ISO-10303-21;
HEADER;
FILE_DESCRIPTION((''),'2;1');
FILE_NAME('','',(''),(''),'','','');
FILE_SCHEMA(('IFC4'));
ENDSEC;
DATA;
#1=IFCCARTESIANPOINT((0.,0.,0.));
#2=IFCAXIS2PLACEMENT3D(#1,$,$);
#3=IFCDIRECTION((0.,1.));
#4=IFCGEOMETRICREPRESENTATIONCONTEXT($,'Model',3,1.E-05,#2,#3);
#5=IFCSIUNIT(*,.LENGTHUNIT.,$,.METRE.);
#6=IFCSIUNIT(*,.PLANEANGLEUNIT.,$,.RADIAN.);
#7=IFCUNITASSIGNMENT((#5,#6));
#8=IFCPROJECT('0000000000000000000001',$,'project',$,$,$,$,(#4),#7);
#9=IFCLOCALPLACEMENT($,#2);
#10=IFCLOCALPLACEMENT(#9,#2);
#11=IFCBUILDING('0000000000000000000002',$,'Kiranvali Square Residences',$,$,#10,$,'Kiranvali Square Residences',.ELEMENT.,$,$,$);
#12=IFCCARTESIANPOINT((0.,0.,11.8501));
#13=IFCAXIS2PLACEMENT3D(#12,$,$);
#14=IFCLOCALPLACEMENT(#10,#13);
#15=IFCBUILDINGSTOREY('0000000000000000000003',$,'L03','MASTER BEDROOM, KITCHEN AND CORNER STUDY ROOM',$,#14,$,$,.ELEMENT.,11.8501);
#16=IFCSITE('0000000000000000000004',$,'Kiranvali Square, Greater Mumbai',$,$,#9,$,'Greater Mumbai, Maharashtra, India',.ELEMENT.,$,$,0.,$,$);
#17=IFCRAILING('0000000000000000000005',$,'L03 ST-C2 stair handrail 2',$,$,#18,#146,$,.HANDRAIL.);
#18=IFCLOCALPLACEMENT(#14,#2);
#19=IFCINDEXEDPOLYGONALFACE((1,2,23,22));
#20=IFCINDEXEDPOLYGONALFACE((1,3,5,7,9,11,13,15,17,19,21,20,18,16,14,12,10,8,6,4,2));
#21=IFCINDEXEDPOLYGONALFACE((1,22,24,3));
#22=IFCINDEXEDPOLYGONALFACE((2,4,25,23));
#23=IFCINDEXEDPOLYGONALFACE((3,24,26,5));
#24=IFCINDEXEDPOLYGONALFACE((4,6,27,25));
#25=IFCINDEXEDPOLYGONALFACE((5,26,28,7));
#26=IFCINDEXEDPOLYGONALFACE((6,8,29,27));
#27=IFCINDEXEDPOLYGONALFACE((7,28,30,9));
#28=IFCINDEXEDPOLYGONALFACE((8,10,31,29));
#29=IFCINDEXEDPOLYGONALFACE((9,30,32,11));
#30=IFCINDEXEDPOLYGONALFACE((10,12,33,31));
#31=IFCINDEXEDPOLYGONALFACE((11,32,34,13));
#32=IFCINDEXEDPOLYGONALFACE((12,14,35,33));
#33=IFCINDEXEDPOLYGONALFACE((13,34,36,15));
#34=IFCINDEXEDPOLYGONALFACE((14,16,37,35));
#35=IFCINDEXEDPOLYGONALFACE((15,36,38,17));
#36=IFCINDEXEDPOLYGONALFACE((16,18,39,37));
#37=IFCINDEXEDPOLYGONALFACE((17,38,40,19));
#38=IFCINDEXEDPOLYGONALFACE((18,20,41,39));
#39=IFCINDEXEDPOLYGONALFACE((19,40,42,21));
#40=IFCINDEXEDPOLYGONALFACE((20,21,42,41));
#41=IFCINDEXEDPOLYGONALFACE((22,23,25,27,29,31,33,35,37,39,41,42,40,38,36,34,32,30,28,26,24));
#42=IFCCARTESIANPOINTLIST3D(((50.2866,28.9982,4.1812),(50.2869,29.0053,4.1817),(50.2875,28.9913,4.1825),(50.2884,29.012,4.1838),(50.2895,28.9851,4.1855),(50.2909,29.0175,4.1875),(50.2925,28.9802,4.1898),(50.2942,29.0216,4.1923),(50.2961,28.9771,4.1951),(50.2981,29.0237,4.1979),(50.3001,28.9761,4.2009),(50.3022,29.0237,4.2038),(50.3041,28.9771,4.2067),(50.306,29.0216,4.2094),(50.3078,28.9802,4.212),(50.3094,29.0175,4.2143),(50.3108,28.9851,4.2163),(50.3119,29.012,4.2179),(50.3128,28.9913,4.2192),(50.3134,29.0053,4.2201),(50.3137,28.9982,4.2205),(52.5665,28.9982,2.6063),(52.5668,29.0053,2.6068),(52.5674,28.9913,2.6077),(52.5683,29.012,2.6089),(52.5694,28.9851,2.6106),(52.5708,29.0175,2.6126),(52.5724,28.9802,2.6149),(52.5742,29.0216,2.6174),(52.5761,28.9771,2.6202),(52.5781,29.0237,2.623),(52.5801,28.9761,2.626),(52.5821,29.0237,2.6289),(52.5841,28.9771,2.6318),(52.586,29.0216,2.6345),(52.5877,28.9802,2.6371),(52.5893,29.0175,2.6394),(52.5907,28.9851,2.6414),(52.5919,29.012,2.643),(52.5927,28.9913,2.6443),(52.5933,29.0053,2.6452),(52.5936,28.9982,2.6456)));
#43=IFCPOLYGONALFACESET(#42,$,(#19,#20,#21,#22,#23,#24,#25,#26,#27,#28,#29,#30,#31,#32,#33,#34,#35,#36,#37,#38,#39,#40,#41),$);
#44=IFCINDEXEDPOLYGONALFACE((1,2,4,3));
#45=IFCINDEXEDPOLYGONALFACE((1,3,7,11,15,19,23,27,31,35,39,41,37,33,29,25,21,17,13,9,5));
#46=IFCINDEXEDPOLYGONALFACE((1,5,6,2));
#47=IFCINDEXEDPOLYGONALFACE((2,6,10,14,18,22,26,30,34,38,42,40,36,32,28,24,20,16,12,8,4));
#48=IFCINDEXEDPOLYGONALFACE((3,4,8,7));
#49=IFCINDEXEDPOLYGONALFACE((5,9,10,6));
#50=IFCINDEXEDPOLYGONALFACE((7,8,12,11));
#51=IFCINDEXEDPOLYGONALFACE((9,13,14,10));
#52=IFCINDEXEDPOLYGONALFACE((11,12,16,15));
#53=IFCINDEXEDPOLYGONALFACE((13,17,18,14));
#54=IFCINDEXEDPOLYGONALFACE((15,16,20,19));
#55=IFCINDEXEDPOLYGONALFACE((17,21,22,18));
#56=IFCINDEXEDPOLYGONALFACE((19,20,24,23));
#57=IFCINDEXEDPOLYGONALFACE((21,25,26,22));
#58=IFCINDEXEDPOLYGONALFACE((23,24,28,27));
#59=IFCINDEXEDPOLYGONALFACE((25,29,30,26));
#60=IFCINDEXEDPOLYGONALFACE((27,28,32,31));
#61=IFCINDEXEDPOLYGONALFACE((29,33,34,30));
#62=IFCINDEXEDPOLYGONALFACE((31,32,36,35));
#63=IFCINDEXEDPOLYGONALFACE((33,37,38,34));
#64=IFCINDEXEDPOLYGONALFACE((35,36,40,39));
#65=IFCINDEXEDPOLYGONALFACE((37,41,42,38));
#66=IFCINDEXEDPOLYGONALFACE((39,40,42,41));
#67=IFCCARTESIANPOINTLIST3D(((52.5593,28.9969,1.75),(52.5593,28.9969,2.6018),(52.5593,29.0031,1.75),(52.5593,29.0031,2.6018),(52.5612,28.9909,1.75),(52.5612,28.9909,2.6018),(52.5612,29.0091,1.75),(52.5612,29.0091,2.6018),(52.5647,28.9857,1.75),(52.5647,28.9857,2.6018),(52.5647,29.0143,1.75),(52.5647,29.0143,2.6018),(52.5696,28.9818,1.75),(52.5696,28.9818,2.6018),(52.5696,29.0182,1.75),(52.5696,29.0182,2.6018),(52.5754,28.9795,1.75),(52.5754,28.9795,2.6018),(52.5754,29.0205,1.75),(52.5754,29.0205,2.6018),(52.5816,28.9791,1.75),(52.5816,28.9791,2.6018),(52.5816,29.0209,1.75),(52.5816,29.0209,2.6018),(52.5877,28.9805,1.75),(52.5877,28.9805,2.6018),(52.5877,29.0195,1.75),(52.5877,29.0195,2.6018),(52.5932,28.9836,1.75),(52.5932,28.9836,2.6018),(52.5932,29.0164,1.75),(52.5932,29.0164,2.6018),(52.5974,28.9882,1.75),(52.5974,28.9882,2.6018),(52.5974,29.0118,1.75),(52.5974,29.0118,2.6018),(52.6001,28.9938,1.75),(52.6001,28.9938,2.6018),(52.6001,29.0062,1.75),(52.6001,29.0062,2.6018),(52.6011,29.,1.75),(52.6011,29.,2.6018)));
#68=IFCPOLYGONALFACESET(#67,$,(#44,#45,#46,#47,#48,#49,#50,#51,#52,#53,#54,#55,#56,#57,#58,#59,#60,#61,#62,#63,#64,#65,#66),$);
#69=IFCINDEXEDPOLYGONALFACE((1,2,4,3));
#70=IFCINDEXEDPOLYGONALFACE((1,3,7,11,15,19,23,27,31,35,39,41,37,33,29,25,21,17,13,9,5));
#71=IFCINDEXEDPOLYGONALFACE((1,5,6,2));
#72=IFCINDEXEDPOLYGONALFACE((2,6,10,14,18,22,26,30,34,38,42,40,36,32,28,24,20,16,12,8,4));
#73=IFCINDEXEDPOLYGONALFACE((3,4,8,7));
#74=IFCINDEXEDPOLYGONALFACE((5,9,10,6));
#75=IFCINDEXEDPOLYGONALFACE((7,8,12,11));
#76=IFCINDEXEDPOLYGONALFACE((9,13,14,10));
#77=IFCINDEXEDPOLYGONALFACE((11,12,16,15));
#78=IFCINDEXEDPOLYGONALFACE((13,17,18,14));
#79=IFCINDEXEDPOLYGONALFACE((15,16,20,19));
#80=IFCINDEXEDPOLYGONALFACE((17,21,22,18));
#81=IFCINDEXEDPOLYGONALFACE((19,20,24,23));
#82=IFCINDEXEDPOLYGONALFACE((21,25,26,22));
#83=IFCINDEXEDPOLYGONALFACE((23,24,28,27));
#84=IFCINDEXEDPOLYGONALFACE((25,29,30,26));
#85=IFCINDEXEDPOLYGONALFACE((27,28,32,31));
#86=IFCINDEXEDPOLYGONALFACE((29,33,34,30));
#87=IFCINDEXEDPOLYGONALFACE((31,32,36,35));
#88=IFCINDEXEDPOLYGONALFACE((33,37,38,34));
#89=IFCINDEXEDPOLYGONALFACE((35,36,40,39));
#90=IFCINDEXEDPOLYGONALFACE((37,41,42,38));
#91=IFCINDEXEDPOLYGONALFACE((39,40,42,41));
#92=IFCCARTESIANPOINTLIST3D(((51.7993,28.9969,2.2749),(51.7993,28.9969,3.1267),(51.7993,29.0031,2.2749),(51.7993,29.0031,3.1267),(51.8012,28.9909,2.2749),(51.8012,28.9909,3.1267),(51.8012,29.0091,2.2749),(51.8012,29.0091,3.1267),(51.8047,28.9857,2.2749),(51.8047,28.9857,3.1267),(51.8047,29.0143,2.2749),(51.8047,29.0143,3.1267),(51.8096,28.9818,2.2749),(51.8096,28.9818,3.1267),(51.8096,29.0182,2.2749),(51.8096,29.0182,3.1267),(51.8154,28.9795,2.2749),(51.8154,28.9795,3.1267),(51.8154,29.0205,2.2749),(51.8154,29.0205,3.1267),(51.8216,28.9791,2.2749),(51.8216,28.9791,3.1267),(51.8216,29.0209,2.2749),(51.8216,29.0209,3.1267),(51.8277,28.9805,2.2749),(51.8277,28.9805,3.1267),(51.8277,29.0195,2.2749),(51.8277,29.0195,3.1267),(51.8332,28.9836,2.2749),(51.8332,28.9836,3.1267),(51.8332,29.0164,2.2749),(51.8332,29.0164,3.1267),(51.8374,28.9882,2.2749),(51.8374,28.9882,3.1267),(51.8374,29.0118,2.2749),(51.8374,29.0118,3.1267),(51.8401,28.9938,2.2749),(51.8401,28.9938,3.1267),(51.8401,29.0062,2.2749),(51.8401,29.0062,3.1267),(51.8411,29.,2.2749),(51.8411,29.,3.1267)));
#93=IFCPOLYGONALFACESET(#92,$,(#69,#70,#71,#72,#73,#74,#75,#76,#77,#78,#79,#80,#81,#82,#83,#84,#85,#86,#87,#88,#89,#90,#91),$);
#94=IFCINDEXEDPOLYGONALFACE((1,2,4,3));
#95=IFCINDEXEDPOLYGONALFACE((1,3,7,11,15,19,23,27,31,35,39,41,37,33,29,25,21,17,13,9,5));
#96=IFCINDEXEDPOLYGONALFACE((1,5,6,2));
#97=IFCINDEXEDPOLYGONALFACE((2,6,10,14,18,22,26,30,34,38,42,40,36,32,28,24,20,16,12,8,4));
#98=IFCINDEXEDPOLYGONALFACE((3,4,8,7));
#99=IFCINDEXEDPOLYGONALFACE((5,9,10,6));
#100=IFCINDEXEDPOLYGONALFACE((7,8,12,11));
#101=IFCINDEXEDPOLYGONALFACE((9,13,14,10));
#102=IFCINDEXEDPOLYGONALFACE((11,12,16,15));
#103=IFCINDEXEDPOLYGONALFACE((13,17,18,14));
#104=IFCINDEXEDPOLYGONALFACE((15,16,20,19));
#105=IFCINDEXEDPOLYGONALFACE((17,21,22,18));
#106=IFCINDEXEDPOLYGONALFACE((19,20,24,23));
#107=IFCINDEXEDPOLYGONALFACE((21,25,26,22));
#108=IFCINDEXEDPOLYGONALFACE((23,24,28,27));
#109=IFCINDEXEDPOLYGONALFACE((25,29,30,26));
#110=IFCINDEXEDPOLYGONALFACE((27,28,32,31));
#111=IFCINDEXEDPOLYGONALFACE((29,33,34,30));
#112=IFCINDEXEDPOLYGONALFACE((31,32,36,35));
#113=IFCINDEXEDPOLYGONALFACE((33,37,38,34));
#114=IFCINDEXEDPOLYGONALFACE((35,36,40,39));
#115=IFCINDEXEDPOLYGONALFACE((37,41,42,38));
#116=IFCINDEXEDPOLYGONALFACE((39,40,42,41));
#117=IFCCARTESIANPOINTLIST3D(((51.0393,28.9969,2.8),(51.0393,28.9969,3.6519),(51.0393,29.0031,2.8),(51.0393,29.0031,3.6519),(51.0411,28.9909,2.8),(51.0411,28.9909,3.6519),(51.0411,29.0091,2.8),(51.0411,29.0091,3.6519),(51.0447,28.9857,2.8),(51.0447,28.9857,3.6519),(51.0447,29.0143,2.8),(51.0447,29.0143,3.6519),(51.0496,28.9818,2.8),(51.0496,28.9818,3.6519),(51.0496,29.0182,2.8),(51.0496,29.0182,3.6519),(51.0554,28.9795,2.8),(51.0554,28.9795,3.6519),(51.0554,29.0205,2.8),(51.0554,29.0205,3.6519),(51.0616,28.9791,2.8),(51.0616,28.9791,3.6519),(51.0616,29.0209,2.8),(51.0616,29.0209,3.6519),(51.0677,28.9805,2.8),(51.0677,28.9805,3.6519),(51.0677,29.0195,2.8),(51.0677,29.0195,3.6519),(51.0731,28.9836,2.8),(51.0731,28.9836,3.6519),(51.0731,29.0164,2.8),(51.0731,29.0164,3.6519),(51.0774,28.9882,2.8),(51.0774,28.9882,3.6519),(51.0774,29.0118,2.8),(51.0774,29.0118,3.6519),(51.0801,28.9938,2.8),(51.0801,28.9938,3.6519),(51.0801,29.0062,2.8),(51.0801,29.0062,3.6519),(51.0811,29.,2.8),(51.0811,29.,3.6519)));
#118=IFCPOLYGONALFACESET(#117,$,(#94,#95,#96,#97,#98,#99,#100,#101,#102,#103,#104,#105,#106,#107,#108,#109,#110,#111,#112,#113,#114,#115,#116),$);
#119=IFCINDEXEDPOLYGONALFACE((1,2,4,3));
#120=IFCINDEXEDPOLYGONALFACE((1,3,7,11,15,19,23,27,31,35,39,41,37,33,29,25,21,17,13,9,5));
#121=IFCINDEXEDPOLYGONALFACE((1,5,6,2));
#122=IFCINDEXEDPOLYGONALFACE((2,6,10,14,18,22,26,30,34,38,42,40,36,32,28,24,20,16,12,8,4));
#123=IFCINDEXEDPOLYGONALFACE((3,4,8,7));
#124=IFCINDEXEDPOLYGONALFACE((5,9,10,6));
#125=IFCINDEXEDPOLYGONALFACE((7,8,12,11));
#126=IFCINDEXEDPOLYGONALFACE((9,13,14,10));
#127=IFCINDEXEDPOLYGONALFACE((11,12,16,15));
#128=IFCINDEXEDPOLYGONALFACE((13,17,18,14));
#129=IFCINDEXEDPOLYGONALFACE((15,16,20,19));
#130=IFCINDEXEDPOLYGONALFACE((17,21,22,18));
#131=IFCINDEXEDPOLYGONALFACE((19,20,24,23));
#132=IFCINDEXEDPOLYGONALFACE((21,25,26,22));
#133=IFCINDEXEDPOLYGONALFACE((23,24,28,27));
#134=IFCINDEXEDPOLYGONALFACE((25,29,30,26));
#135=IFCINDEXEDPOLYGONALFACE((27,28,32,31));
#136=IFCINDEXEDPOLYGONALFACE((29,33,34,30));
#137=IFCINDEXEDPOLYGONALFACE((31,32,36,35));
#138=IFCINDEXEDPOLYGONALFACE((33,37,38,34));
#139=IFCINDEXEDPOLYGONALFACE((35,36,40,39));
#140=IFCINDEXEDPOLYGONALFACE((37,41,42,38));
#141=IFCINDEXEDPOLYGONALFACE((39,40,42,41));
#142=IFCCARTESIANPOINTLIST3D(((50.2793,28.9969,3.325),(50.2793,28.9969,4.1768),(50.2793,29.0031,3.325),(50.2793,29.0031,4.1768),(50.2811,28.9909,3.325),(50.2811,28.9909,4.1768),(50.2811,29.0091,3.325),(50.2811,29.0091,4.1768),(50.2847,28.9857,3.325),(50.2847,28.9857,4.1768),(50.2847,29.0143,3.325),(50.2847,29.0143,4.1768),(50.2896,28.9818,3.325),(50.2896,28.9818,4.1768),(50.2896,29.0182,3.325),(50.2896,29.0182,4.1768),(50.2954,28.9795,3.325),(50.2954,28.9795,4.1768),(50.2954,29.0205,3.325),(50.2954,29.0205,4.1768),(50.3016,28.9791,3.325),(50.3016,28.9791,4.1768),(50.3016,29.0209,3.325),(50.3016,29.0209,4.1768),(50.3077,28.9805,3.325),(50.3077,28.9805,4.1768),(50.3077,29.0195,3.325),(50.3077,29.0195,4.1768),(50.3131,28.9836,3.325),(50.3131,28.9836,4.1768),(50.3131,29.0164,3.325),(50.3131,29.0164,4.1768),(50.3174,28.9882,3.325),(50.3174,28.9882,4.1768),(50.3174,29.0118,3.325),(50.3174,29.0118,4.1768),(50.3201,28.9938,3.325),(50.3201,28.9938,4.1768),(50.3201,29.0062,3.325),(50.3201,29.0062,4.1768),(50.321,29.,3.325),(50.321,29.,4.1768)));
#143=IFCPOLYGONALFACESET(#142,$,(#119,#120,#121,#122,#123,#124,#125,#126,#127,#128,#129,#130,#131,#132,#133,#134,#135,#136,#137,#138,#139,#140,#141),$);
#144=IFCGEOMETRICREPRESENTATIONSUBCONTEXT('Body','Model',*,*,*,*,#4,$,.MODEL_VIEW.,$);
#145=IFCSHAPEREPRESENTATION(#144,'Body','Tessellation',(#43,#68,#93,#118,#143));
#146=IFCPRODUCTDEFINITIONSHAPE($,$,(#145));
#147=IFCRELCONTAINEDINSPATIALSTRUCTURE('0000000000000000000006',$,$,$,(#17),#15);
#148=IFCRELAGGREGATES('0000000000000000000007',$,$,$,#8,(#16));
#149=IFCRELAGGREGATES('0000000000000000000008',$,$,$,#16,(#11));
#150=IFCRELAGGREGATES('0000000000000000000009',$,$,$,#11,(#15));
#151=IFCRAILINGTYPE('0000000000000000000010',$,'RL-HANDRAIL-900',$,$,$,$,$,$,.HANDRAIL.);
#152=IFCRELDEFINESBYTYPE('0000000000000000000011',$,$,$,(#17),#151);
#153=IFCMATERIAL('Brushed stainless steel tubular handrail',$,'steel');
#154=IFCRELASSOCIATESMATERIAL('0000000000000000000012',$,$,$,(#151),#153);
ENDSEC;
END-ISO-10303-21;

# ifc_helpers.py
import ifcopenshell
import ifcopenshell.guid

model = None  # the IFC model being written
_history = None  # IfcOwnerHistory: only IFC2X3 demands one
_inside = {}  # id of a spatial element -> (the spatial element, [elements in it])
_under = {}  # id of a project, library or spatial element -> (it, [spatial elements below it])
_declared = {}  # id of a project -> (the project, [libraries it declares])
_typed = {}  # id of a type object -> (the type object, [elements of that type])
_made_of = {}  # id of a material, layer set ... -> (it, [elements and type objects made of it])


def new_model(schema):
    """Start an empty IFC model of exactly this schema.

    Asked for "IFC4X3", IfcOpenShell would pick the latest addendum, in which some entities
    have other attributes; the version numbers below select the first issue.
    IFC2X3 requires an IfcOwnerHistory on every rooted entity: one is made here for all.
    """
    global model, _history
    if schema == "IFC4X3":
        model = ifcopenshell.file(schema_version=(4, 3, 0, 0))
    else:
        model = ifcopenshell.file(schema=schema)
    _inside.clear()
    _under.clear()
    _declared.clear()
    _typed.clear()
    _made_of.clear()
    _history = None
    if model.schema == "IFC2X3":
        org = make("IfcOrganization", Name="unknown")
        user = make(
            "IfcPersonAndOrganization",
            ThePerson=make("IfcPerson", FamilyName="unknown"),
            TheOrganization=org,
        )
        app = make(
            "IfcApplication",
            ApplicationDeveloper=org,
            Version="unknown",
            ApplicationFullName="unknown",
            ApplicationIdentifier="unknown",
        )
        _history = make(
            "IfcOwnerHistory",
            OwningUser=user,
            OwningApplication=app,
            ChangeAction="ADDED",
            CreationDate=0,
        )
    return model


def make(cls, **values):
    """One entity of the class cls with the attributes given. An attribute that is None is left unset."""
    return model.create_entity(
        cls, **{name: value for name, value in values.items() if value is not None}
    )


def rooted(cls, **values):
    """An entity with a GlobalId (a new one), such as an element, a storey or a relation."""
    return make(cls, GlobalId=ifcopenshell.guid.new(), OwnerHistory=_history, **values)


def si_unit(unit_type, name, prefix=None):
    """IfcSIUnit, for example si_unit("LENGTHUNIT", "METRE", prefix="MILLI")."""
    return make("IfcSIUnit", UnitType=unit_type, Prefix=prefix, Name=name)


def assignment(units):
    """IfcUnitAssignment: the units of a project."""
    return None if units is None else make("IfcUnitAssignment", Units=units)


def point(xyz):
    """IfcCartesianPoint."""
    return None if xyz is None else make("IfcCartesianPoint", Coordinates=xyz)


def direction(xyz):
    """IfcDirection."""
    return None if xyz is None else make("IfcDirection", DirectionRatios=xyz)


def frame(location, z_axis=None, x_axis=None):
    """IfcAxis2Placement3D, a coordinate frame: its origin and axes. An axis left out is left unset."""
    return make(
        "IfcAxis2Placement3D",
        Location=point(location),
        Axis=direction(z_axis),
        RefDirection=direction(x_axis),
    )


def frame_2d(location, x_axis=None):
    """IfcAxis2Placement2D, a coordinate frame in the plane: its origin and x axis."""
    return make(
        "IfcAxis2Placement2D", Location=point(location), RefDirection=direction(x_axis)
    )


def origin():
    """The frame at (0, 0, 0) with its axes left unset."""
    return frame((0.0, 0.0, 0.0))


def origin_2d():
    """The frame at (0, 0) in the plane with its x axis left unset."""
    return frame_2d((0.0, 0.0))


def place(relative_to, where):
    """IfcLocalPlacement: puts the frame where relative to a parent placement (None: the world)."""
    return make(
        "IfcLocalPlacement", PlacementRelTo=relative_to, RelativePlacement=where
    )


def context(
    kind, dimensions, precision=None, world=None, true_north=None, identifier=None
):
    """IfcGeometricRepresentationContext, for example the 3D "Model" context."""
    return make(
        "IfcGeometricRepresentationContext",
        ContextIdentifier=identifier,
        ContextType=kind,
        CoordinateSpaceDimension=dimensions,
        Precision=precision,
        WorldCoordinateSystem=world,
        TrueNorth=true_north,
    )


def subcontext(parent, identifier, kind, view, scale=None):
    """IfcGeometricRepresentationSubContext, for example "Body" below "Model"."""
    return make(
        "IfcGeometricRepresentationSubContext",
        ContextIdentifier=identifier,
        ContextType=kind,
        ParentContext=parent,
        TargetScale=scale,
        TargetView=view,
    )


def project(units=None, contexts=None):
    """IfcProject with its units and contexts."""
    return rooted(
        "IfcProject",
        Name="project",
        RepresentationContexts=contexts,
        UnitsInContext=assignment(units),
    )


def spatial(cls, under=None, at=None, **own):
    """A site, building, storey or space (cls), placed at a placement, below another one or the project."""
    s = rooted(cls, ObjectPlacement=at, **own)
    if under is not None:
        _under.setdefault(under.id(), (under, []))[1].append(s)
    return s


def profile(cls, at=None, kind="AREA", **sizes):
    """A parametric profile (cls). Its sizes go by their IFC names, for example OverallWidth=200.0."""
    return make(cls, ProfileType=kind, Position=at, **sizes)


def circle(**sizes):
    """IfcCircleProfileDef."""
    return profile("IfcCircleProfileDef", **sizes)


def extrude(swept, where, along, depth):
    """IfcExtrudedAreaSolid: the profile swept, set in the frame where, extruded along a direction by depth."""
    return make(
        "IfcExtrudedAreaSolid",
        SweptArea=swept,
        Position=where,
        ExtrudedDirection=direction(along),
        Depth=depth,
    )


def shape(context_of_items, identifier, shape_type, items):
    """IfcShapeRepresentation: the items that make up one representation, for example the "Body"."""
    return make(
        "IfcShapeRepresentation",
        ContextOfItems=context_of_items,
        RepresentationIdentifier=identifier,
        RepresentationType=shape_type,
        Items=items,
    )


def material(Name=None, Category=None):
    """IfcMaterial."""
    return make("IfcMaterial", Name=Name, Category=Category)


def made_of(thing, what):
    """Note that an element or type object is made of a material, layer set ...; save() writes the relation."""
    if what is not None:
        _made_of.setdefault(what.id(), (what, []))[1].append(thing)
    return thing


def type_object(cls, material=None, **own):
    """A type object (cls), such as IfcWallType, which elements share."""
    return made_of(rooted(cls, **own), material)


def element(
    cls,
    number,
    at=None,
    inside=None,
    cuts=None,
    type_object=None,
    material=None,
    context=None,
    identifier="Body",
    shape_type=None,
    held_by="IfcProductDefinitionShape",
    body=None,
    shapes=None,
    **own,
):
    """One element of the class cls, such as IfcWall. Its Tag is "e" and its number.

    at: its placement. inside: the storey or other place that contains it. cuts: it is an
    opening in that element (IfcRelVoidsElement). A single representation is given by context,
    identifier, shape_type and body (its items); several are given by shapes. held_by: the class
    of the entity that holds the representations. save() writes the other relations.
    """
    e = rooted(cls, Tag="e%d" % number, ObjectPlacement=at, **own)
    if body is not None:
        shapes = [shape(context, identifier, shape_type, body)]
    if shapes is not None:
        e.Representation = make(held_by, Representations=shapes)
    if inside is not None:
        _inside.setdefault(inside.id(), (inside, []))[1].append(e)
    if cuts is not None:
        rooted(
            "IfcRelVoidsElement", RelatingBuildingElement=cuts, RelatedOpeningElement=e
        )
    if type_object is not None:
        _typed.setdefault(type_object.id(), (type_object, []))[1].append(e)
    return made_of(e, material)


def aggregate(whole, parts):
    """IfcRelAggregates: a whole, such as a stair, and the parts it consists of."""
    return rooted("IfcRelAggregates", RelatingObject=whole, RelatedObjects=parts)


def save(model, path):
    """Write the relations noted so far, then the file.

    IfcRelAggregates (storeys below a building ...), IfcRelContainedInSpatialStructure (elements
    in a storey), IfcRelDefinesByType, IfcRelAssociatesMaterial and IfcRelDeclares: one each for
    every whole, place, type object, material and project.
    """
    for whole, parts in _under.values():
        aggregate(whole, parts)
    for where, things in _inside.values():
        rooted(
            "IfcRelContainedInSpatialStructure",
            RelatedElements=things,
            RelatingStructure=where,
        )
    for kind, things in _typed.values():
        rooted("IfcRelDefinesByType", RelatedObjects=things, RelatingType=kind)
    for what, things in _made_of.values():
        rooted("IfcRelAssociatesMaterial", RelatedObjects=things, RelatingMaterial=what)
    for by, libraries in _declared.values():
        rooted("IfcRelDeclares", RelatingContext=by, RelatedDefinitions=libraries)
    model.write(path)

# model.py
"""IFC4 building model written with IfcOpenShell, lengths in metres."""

from ifc_helpers import new_model, si_unit, direction, frame, origin, origin_2d, place, context, subcontext, project, spatial, circle, extrude, material, type_object, element, save


model = new_model("IFC4")

# Units and contexts
model_context = context("Model", 3, precision=1e-05, world=origin(), true_north=direction((0.0, 1.0)))
body_context = subcontext(model_context, "Body", "Model", "MODEL_VIEW")
ifc_project = project(units=[si_unit("LENGTHUNIT", "METRE"), si_unit("PLANEANGLEUNIT", "RADIAN")], contexts=[model_context])

# Site, building, storey
site_placement = place(None, origin())
site = spatial("IfcSite", under=ifc_project, at=site_placement, Name="Kiranvali Square, Greater Mumbai", LongName="Greater Mumbai, Maharashtra, India", CompositionType="ELEMENT", RefElevation=0.0)
building_placement = place(site_placement, origin())
building = spatial("IfcBuilding", under=site, at=building_placement, Name="Kiranvali Square Residences", LongName="Kiranvali Square Residences", CompositionType="ELEMENT")
storey_placement = place(building_placement, frame((0.0, 0.0, 11.8501)))
storey = spatial("IfcBuildingStorey", under=building, at=storey_placement, Name="L03", Description="MASTER BEDROOM, KITCHEN AND CORNER STUDY ROOM", CompositionType="ELEMENT", Elevation=11.8501)

# Railing
ifc_material_1 = material(Name="Brushed stainless steel tubular handrail", Category="steel")
railing_type_1 = type_object("IfcRailingType", Name="RL-HANDRAIL-900", PredefinedType="HANDRAIL", material=ifc_material_1)
railing_1_placement = place(storey_placement, frame((52.5801, 29.0, 1.75)))
element("IfcRailing", 1, at=railing_1_placement, inside=storey, type_object=railing_type_1, Name="L03 ST-C2 stair handrail 2", PredefinedType="HANDRAIL", context=body_context, shape_type="SweptSolid", body=[
    extrude(circle(Radius=0.0239, at=origin_2d()), frame((0.0, 0.0, 0.876), z_axis=(-0.822788, 0.0, 0.568348), x_axis=(0.0, -1.0, 0.0)), (0.0, 0.0, 1.0), 2.771),
    extrude(circle(Radius=0.021, at=origin_2d()), origin(), (0.0, 0.0, 1.0), 0.8518),
    extrude(circle(Radius=0.021, at=origin_2d()), frame((-0.76, 0.0, 0.5249)), (0.0, 0.0, 1.0), 0.8518),
    extrude(circle(Radius=0.021, at=origin_2d()), frame((-1.52, 0.0, 1.05)), (0.0, 0.0, 1.0), 0.8518),
    extrude(circle(Radius=0.021, at=origin_2d()), frame((-2.28, 0.0, 1.575)), (0.0, 0.0, 1.0), 0.8518),
])

save(model, "model.ifc")
